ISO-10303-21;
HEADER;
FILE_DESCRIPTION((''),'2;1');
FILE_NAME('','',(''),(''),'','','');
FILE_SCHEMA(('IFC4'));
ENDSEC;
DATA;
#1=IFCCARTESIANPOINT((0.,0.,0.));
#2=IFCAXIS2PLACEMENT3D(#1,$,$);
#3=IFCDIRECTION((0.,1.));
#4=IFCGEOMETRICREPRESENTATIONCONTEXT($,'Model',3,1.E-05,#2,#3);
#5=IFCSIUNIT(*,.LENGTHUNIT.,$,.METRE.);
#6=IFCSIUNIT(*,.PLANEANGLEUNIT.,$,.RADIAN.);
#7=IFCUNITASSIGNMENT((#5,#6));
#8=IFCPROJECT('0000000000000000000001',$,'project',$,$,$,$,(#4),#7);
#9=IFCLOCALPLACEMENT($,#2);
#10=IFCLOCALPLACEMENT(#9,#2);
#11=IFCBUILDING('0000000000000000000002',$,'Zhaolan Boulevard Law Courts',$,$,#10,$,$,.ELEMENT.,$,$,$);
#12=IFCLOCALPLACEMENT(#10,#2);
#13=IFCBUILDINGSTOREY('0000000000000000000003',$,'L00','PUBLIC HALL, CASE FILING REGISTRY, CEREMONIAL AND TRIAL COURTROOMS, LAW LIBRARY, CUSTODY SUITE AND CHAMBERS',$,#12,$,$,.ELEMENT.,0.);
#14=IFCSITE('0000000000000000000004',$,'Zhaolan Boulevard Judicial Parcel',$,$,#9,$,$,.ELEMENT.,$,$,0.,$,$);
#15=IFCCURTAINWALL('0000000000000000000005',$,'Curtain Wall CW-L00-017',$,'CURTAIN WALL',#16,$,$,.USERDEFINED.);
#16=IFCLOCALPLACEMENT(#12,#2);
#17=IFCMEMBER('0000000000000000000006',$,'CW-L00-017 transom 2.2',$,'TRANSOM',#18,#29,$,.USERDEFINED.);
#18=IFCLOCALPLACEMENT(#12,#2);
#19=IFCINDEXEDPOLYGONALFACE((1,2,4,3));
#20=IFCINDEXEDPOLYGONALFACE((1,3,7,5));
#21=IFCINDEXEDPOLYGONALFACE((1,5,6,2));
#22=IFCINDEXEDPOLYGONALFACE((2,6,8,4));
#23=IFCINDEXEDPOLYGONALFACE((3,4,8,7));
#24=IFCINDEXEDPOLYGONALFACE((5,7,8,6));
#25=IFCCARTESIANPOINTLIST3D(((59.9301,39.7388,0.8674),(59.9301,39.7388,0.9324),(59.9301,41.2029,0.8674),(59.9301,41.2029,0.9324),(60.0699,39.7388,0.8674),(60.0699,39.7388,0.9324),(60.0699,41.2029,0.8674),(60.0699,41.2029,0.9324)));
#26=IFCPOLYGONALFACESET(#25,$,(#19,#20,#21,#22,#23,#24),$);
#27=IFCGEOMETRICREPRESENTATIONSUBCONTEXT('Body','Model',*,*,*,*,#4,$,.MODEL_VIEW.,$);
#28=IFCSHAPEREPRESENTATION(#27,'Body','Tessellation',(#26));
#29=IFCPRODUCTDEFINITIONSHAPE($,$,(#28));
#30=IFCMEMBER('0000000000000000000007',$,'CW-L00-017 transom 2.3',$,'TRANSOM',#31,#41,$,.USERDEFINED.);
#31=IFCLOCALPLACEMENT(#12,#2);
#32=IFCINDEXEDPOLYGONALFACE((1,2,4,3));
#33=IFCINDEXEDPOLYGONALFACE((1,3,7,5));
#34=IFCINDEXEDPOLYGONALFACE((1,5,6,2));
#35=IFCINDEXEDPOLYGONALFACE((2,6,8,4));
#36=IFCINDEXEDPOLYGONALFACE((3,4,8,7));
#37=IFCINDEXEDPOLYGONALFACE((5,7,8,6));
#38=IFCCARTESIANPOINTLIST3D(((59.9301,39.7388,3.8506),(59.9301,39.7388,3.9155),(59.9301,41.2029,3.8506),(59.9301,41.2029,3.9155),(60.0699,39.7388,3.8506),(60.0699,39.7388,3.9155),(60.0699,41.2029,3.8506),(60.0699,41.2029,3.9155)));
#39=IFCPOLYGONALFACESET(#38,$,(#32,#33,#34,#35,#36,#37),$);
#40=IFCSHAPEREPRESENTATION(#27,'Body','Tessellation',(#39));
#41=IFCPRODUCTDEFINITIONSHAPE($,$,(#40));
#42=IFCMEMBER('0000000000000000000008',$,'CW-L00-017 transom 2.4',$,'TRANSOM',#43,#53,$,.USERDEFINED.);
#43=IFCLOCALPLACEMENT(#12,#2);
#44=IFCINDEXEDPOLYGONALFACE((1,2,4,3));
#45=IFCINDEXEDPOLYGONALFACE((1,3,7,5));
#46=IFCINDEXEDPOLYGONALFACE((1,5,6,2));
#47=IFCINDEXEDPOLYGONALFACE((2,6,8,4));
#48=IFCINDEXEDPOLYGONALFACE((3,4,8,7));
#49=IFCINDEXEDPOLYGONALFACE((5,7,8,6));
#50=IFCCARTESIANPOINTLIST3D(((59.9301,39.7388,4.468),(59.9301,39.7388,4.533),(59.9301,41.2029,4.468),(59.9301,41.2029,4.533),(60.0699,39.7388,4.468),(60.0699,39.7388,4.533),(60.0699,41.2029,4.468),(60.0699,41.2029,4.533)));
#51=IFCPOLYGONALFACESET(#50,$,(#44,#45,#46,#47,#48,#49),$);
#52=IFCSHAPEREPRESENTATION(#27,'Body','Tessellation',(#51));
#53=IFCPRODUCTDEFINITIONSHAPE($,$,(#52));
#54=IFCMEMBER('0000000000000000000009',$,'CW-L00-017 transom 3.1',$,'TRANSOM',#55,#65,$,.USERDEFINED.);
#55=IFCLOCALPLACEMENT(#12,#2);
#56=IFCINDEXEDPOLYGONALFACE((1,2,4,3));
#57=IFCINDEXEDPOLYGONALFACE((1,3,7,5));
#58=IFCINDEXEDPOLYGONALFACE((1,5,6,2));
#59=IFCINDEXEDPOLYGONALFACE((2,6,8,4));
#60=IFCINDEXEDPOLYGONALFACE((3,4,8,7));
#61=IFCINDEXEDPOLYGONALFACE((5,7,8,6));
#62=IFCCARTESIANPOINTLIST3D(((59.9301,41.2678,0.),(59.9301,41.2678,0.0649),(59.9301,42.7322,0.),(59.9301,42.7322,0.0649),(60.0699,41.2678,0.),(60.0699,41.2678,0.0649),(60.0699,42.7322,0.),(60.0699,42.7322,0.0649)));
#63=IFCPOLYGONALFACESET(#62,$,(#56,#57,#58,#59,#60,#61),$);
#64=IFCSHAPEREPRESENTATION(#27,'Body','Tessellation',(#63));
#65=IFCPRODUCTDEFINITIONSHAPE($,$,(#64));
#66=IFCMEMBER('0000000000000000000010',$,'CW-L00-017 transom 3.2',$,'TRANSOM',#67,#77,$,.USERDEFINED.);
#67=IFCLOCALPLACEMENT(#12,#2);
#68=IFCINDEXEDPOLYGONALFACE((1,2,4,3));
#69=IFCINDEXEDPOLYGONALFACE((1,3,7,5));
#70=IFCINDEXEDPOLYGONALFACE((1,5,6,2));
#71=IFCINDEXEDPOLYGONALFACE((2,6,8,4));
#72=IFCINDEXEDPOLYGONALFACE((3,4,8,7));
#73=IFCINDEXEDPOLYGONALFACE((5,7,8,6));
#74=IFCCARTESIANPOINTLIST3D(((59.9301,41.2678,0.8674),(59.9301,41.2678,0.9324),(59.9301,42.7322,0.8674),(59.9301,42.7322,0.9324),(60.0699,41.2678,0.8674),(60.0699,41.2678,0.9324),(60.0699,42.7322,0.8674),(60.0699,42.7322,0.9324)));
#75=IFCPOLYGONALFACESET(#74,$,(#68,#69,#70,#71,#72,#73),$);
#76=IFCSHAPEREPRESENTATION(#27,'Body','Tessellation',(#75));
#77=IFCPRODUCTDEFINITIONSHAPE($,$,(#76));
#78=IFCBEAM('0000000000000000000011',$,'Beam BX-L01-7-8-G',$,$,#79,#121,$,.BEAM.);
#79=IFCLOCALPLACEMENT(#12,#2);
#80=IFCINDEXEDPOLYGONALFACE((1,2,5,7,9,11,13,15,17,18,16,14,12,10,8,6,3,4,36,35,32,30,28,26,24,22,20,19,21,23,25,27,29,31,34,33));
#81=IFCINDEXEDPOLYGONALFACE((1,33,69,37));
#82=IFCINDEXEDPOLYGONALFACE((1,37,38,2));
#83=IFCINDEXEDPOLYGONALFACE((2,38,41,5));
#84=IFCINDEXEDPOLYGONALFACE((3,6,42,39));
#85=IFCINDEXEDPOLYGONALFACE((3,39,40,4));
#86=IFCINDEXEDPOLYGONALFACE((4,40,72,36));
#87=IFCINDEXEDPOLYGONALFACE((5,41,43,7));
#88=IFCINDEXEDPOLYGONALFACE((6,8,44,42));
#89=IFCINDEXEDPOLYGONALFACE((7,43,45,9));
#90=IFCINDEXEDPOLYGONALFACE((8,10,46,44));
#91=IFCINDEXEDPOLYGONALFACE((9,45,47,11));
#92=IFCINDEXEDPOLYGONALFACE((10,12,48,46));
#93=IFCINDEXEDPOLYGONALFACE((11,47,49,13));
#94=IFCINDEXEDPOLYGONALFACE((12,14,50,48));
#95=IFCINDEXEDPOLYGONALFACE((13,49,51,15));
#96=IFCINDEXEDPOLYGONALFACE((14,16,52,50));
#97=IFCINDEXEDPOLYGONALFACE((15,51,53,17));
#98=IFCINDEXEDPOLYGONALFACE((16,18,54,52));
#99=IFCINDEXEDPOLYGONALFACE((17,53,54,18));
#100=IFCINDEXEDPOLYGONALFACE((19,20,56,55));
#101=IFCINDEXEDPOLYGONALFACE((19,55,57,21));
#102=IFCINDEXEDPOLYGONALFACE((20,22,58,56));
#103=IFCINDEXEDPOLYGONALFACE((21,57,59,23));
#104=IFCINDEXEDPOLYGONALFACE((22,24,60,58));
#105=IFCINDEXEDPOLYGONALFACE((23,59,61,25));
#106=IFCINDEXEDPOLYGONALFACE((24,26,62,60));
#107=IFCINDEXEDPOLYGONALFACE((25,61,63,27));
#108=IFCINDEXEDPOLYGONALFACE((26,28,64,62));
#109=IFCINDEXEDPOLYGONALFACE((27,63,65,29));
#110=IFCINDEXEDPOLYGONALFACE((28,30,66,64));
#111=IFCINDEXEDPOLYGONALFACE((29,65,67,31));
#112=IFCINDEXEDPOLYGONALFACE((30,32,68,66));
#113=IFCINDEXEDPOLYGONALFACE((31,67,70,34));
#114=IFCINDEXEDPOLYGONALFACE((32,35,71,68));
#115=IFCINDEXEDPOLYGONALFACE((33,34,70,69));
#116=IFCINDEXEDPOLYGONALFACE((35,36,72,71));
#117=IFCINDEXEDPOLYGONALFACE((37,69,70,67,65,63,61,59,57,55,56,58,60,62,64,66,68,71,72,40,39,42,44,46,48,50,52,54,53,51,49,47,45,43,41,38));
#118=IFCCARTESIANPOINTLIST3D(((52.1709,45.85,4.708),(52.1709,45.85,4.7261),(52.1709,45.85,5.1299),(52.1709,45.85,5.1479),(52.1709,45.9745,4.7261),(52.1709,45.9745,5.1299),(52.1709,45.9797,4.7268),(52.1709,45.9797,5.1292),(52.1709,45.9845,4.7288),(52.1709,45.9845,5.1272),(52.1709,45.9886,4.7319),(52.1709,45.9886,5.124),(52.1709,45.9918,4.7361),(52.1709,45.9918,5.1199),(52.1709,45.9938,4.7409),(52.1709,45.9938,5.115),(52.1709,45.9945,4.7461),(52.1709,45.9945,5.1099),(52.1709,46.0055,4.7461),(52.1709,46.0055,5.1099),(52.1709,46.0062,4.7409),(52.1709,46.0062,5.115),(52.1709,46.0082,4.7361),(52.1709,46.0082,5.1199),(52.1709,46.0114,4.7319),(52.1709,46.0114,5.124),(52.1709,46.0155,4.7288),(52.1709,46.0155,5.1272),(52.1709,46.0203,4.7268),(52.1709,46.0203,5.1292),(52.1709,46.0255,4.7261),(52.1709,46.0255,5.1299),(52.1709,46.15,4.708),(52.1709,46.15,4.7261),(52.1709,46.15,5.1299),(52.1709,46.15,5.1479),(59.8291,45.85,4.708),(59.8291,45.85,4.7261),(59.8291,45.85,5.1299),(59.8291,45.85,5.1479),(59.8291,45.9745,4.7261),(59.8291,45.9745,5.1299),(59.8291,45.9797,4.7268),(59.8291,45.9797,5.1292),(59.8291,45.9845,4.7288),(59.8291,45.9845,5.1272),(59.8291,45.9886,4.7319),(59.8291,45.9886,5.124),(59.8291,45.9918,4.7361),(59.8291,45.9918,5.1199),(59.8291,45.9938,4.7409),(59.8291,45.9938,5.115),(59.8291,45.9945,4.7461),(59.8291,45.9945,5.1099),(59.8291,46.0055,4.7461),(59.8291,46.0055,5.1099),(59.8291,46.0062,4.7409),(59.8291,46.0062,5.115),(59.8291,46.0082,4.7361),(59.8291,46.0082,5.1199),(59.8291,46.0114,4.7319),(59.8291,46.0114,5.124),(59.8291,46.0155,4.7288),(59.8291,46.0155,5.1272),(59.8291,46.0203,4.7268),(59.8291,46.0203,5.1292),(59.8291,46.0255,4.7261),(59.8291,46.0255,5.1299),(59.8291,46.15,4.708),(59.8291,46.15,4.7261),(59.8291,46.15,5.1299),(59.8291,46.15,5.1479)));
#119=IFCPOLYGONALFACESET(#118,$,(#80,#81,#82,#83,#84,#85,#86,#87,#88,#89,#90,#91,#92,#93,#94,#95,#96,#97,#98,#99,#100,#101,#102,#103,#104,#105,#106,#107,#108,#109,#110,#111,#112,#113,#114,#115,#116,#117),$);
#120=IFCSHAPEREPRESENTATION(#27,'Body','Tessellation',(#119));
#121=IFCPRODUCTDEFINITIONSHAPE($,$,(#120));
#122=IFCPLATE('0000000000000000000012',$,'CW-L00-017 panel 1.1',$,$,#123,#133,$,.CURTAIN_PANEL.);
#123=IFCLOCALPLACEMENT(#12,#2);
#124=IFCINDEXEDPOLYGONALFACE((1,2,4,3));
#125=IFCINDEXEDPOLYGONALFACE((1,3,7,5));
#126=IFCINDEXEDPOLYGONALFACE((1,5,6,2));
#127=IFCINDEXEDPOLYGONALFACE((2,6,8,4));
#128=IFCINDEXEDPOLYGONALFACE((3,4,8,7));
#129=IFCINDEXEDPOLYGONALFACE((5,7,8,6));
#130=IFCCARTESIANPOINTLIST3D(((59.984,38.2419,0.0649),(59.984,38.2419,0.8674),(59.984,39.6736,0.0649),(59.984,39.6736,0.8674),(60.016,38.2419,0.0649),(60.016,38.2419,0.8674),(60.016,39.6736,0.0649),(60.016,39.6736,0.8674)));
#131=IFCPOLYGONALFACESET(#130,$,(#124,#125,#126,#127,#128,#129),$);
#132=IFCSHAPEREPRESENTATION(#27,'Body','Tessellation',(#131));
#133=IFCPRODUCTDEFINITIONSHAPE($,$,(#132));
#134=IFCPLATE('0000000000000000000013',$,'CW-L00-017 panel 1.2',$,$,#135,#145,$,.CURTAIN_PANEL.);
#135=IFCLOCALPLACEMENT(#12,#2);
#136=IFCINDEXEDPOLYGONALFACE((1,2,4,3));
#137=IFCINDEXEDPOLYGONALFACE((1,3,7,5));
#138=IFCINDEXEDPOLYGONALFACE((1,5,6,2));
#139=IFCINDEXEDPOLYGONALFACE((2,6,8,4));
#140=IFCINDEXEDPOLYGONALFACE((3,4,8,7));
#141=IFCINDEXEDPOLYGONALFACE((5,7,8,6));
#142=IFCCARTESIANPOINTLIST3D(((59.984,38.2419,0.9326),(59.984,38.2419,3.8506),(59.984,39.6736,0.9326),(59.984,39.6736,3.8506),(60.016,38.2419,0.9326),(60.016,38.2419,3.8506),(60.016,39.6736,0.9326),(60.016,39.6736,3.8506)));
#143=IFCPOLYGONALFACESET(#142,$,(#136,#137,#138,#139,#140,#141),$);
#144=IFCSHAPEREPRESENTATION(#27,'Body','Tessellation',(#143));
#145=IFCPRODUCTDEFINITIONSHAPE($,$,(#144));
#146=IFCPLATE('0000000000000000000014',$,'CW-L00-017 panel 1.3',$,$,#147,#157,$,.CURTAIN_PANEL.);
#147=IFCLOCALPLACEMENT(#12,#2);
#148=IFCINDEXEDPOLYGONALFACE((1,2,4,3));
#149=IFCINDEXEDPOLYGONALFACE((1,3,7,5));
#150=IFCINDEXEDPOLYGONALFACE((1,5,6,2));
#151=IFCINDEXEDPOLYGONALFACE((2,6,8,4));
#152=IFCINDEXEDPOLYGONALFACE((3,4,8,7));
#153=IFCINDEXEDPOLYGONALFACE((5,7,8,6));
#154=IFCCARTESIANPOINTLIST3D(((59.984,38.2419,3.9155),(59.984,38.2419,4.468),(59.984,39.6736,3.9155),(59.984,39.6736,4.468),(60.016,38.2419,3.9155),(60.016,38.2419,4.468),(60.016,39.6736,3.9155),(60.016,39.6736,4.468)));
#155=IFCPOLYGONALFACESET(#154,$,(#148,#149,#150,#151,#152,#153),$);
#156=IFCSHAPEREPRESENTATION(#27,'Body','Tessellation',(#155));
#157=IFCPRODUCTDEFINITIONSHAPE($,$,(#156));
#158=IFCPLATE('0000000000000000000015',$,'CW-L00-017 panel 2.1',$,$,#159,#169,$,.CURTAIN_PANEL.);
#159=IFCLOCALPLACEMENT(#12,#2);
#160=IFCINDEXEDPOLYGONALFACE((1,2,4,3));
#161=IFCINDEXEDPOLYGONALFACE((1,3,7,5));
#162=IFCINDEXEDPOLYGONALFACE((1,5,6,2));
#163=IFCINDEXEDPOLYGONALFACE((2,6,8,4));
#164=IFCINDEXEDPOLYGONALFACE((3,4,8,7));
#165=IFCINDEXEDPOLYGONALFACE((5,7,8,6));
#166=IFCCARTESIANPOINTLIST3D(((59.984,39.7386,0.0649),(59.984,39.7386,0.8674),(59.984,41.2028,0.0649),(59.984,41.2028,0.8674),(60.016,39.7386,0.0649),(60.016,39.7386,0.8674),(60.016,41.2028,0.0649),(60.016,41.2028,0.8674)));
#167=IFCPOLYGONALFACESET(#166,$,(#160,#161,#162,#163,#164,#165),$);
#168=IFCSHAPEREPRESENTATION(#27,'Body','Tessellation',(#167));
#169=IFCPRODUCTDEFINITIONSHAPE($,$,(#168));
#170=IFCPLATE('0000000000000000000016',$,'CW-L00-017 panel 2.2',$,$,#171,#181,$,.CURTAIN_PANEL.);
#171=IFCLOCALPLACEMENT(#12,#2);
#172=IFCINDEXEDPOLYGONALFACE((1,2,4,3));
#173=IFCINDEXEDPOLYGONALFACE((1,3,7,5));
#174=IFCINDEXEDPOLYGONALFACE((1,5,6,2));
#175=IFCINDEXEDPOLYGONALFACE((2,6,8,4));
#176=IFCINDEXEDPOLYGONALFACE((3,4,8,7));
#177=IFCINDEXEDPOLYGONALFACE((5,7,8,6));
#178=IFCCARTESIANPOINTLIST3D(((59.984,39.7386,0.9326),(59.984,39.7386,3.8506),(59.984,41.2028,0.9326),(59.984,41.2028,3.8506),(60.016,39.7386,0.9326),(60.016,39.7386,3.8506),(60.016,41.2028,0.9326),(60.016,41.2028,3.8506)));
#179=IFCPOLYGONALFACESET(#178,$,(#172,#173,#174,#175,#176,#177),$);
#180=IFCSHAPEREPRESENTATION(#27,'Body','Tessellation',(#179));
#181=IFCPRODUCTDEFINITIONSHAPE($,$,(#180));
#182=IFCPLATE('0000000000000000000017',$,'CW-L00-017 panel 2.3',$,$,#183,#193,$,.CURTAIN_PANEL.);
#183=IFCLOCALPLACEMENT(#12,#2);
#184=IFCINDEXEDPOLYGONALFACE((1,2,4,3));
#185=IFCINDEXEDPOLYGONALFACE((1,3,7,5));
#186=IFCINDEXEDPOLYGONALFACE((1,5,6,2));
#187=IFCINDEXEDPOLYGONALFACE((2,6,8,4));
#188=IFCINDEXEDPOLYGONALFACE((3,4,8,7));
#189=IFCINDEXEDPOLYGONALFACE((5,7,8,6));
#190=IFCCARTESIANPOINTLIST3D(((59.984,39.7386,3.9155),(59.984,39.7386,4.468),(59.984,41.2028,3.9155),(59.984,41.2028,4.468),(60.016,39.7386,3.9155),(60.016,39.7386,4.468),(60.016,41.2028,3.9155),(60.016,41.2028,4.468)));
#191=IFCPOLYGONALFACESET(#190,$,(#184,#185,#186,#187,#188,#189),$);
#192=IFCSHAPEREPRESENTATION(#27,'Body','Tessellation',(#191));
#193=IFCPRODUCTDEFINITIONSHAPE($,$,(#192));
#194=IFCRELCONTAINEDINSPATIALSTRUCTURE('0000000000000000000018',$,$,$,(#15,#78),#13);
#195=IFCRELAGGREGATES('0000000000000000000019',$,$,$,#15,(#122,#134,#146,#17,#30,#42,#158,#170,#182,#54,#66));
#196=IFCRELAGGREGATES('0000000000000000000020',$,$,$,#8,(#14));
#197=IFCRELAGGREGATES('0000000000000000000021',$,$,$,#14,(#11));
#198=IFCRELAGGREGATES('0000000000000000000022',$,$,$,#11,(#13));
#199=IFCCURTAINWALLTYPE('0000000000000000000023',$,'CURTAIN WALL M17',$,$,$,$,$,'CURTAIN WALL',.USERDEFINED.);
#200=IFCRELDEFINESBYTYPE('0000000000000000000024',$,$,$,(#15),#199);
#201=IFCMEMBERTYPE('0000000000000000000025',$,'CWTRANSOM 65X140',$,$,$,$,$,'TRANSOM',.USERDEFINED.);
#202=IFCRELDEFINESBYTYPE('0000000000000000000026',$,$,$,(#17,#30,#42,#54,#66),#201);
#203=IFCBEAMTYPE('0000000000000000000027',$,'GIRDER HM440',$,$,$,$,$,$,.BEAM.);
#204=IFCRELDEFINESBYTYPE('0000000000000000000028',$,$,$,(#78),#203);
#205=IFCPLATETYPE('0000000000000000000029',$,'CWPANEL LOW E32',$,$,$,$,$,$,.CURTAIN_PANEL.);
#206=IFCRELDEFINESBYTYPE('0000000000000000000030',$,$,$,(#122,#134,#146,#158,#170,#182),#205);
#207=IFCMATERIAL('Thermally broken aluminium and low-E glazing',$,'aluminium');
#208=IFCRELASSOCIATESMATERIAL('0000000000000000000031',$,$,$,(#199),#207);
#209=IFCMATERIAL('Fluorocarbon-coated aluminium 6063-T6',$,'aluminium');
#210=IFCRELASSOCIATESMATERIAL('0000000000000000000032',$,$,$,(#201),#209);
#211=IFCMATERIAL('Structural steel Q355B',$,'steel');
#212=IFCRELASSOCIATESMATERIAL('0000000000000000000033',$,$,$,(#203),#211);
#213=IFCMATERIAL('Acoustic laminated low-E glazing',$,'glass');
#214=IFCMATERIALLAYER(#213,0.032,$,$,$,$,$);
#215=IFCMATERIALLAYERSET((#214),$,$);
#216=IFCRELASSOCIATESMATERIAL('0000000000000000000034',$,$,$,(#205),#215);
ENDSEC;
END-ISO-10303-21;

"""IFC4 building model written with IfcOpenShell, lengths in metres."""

from ifc_helpers import new_model, si_unit, direction, frame, origin, origin_2d, place, context, subcontext, project, spatial, rectangle, i_section, extrude, material, layer, layer_set, material_profile, profile_set, type_object, element, aggregate, save


model = new_model("IFC4")

# Units and contexts
model_context = context("Model", 3, precision=1e-05, world=origin(), true_north=direction((0.0, 1.0)))
body_context = subcontext(model_context, "Body", "Model", "MODEL_VIEW")
ifc_project = project(units=[si_unit("LENGTHUNIT", "METRE"), si_unit("PLANEANGLEUNIT", "RADIAN")], contexts=[model_context])

# Site, building, storey
site_placement = place(None, origin())
site = spatial("IfcSite", under=ifc_project, at=site_placement, Name="Zhaolan Boulevard Judicial Parcel", CompositionType="ELEMENT", RefElevation=0.0)
building_placement = place(site_placement, origin())
building = spatial("IfcBuilding", under=site, at=building_placement, Name="Zhaolan Boulevard Law Courts", CompositionType="ELEMENT")
storey_placement = place(building_placement, origin())
storey = spatial("IfcBuildingStorey", under=building, at=storey_placement, Name="L00", Description="PUBLIC HALL, CASE FILING REGISTRY, CEREMONIAL AND TRIAL COURTROOMS, LAW LIBRARY, CUSTODY SUITE AND CHAMBERS", CompositionType="ELEMENT", Elevation=0.0)

# Curtain wall
ifc_material_1 = material(Name="Thermally broken aluminium and low-E glazing", Category="aluminium")
curtain_wall_type_1 = type_object("IfcCurtainWallType", Name="CURTAIN WALL M17", ElementType="CURTAIN WALL", PredefinedType="USERDEFINED", material=ifc_material_1)
curtain_wall_1_placement = place(storey_placement, origin())
curtain_wall_1 = element("IfcCurtainWall", 1, at=curtain_wall_1_placement, inside=storey, type_object=curtain_wall_type_1, Name="Curtain Wall CW-L00-017", ObjectType="CURTAIN WALL", PredefinedType="USERDEFINED")

# Members
ifc_material_2 = material(Name="Fluorocarbon-coated aluminium 6063-T6", Category="aluminium")
ifc_material_profile_1 = material_profile(ifc_material_2, rectangle(XDim=0.1399, YDim=0.0649, at=origin_2d()), Name="AL65x140")
ifc_profile_set_1 = profile_set([ifc_material_profile_1], Name="Fluorocarbon-coated aluminium 6063-T6")
member_type_1 = type_object("IfcMemberType", Name="CWTRANSOM 65X140", ElementType="TRANSOM", PredefinedType="USERDEFINED", material=ifc_profile_set_1)
member_1_placement = place(storey_placement, frame((60.0, 39.7388, 0.8999), z_axis=(0.0, 1.0, 0.0), x_axis=(-1.0, 0.0, 0.0)))
member_1 = element("IfcMember", 2, at=member_1_placement, type_object=member_type_1, Name="CW-L00-017 transom 2.2", ObjectType="TRANSOM", PredefinedType="USERDEFINED", context=body_context, shape_type="SweptSolid", body=[
    extrude(rectangle(XDim=0.1399, YDim=0.0649, at=origin_2d()), origin(), (0.0, 0.0, 1.0), 1.4641),
])
member_2_placement = place(storey_placement, frame((60.0, 39.7388, 3.8831), z_axis=(0.0, 1.0, 0.0), x_axis=(-1.0, 0.0, 0.0)))
member_2 = element("IfcMember", 3, at=member_2_placement, type_object=member_type_1, Name="CW-L00-017 transom 2.3", ObjectType="TRANSOM", PredefinedType="USERDEFINED", context=body_context, shape_type="SweptSolid", body=[
    extrude(rectangle(XDim=0.1399, YDim=0.0649, at=origin_2d()), origin(), (0.0, 0.0, 1.0), 1.4641),
])
member_3_placement = place(storey_placement, frame((60.0, 39.7388, 4.5005), z_axis=(0.0, 1.0, 0.0), x_axis=(-1.0, 0.0, 0.0)))
member_3 = element("IfcMember", 4, at=member_3_placement, type_object=member_type_1, Name="CW-L00-017 transom 2.4", ObjectType="TRANSOM", PredefinedType="USERDEFINED", context=body_context, shape_type="SweptSolid", body=[
    extrude(rectangle(XDim=0.1399, YDim=0.0649, at=origin_2d()), origin(), (0.0, 0.0, 1.0), 1.4641),
])
member_4_placement = place(storey_placement, frame((60.0, 41.2678, 0.0325), z_axis=(0.0, 1.0, 0.0), x_axis=(-1.0, 0.0, 0.0)))
member_4 = element("IfcMember", 5, at=member_4_placement, type_object=member_type_1, Name="CW-L00-017 transom 3.1", ObjectType="TRANSOM", PredefinedType="USERDEFINED", context=body_context, shape_type="SweptSolid", body=[
    extrude(rectangle(XDim=0.1399, YDim=0.0649, at=origin_2d()), origin(), (0.0, 0.0, 1.0), 1.4644),
])
member_5_placement = place(storey_placement, frame((60.0, 41.2678, 0.8999), z_axis=(0.0, 1.0, 0.0), x_axis=(-1.0, 0.0, 0.0)))
member_5 = element("IfcMember", 6, at=member_5_placement, type_object=member_type_1, Name="CW-L00-017 transom 3.2", ObjectType="TRANSOM", PredefinedType="USERDEFINED", context=body_context, shape_type="SweptSolid", body=[
    extrude(rectangle(XDim=0.1399, YDim=0.0649, at=origin_2d()), origin(), (0.0, 0.0, 1.0), 1.4644),
])

# Beam
ifc_material_3 = material(Name="Structural steel Q355B", Category="steel")
ifc_material_profile_2 = material_profile(ifc_material_3, i_section(OverallWidth=0.3, OverallDepth=0.4399, WebThickness=0.011, FlangeThickness=0.0181, FilletRadius=0.02, at=origin_2d()), Name="HM440x300")
ifc_profile_set_2 = profile_set([ifc_material_profile_2], Name="Structural steel Q355B")
beam_type = type_object("IfcBeamType", Name="GIRDER HM440", PredefinedType="BEAM", material=ifc_profile_set_2)
beam_placement = place(storey_placement, frame((52.1709, 46.0, 4.928), z_axis=(1.0, 0.0, 0.0), x_axis=(0.0, 1.0, 0.0)))
element("IfcBeam", 7, at=beam_placement, inside=storey, type_object=beam_type, Name="Beam BX-L01-7-8-G", PredefinedType="BEAM", context=body_context, shape_type="SweptSolid", body=[
    extrude(i_section(OverallWidth=0.3, OverallDepth=0.4399, WebThickness=0.011, FlangeThickness=0.0181, FilletRadius=0.02, at=origin_2d()), origin(), (0.0, 0.0, 1.0), 7.6582),
])

# Plates
ifc_material_4 = material(Name="Acoustic laminated low-E glazing", Category="glass")
ifc_layer = layer(ifc_material_4, 0.032)
ifc_layer_set = layer_set([ifc_layer])
plate_type = type_object("IfcPlateType", Name="CWPANEL LOW E32", PredefinedType="CURTAIN_PANEL", material=ifc_layer_set)
plate_1_placement = place(storey_placement, frame((60.0, 38.9578, 0.0649), z_axis=(0.0, 0.0, 1.0), x_axis=(0.0, 1.0, 0.0)))
plate_1 = element("IfcPlate", 8, at=plate_1_placement, type_object=plate_type, Name="CW-L00-017 panel 1.1", PredefinedType="CURTAIN_PANEL", context=body_context, shape_type="SweptSolid", body=[
    extrude(rectangle(XDim=1.4316, YDim=0.032, at=origin_2d()), origin(), (0.0, 0.0, 1.0), 0.8025),
])
plate_2_placement = place(storey_placement, frame((60.0, 38.9578, 0.9326), z_axis=(0.0, 0.0, 1.0), x_axis=(0.0, 1.0, 0.0)))
plate_2 = element("IfcPlate", 9, at=plate_2_placement, type_object=plate_type, Name="CW-L00-017 panel 1.2", PredefinedType="CURTAIN_PANEL", context=body_context, shape_type="SweptSolid", body=[
    extrude(rectangle(XDim=1.4316, YDim=0.032, at=origin_2d()), origin(), (0.0, 0.0, 1.0), 2.918),
])
plate_3_placement = place(storey_placement, frame((60.0, 38.9578, 3.9155), z_axis=(0.0, 0.0, 1.0), x_axis=(0.0, 1.0, 0.0)))
plate_3 = element("IfcPlate", 10, at=plate_3_placement, type_object=plate_type, Name="CW-L00-017 panel 1.3", PredefinedType="CURTAIN_PANEL", context=body_context, shape_type="SweptSolid", body=[
    extrude(rectangle(XDim=1.4316, YDim=0.032, at=origin_2d()), origin(), (0.0, 0.0, 1.0), 0.5525),
])
plate_4_placement = place(storey_placement, frame((60.0, 40.4707, 0.0649), z_axis=(0.0, 0.0, 1.0), x_axis=(0.0, 1.0, 0.0)))
plate_4 = element("IfcPlate", 11, at=plate_4_placement, type_object=plate_type, Name="CW-L00-017 panel 2.1", PredefinedType="CURTAIN_PANEL", context=body_context, shape_type="SweptSolid", body=[
    extrude(rectangle(XDim=1.4641, YDim=0.032, at=origin_2d()), origin(), (0.0, 0.0, 1.0), 0.8025),
])
plate_5_placement = place(storey_placement, frame((60.0, 40.4707, 0.9326), z_axis=(0.0, 0.0, 1.0), x_axis=(0.0, 1.0, 0.0)))
plate_5 = element("IfcPlate", 12, at=plate_5_placement, type_object=plate_type, Name="CW-L00-017 panel 2.2", PredefinedType="CURTAIN_PANEL", context=body_context, shape_type="SweptSolid", body=[
    extrude(rectangle(XDim=1.4641, YDim=0.032, at=origin_2d()), origin(), (0.0, 0.0, 1.0), 2.918),
])
plate_6_placement = place(storey_placement, frame((60.0, 40.4707, 3.9155), z_axis=(0.0, 0.0, 1.0), x_axis=(0.0, 1.0, 0.0)))
plate_6 = element("IfcPlate", 13, at=plate_6_placement, type_object=plate_type, Name="CW-L00-017 panel 2.3", PredefinedType="CURTAIN_PANEL", context=body_context, shape_type="SweptSolid", body=[
    extrude(rectangle(XDim=1.4641, YDim=0.032, at=origin_2d()), origin(), (0.0, 0.0, 1.0), 0.5525),
])
aggregate(curtain_wall_1, [plate_1, plate_2, plate_3, member_1, member_2, member_3, plate_4, plate_5, plate_6, member_4, member_5])

save(model, "model.ifc")
